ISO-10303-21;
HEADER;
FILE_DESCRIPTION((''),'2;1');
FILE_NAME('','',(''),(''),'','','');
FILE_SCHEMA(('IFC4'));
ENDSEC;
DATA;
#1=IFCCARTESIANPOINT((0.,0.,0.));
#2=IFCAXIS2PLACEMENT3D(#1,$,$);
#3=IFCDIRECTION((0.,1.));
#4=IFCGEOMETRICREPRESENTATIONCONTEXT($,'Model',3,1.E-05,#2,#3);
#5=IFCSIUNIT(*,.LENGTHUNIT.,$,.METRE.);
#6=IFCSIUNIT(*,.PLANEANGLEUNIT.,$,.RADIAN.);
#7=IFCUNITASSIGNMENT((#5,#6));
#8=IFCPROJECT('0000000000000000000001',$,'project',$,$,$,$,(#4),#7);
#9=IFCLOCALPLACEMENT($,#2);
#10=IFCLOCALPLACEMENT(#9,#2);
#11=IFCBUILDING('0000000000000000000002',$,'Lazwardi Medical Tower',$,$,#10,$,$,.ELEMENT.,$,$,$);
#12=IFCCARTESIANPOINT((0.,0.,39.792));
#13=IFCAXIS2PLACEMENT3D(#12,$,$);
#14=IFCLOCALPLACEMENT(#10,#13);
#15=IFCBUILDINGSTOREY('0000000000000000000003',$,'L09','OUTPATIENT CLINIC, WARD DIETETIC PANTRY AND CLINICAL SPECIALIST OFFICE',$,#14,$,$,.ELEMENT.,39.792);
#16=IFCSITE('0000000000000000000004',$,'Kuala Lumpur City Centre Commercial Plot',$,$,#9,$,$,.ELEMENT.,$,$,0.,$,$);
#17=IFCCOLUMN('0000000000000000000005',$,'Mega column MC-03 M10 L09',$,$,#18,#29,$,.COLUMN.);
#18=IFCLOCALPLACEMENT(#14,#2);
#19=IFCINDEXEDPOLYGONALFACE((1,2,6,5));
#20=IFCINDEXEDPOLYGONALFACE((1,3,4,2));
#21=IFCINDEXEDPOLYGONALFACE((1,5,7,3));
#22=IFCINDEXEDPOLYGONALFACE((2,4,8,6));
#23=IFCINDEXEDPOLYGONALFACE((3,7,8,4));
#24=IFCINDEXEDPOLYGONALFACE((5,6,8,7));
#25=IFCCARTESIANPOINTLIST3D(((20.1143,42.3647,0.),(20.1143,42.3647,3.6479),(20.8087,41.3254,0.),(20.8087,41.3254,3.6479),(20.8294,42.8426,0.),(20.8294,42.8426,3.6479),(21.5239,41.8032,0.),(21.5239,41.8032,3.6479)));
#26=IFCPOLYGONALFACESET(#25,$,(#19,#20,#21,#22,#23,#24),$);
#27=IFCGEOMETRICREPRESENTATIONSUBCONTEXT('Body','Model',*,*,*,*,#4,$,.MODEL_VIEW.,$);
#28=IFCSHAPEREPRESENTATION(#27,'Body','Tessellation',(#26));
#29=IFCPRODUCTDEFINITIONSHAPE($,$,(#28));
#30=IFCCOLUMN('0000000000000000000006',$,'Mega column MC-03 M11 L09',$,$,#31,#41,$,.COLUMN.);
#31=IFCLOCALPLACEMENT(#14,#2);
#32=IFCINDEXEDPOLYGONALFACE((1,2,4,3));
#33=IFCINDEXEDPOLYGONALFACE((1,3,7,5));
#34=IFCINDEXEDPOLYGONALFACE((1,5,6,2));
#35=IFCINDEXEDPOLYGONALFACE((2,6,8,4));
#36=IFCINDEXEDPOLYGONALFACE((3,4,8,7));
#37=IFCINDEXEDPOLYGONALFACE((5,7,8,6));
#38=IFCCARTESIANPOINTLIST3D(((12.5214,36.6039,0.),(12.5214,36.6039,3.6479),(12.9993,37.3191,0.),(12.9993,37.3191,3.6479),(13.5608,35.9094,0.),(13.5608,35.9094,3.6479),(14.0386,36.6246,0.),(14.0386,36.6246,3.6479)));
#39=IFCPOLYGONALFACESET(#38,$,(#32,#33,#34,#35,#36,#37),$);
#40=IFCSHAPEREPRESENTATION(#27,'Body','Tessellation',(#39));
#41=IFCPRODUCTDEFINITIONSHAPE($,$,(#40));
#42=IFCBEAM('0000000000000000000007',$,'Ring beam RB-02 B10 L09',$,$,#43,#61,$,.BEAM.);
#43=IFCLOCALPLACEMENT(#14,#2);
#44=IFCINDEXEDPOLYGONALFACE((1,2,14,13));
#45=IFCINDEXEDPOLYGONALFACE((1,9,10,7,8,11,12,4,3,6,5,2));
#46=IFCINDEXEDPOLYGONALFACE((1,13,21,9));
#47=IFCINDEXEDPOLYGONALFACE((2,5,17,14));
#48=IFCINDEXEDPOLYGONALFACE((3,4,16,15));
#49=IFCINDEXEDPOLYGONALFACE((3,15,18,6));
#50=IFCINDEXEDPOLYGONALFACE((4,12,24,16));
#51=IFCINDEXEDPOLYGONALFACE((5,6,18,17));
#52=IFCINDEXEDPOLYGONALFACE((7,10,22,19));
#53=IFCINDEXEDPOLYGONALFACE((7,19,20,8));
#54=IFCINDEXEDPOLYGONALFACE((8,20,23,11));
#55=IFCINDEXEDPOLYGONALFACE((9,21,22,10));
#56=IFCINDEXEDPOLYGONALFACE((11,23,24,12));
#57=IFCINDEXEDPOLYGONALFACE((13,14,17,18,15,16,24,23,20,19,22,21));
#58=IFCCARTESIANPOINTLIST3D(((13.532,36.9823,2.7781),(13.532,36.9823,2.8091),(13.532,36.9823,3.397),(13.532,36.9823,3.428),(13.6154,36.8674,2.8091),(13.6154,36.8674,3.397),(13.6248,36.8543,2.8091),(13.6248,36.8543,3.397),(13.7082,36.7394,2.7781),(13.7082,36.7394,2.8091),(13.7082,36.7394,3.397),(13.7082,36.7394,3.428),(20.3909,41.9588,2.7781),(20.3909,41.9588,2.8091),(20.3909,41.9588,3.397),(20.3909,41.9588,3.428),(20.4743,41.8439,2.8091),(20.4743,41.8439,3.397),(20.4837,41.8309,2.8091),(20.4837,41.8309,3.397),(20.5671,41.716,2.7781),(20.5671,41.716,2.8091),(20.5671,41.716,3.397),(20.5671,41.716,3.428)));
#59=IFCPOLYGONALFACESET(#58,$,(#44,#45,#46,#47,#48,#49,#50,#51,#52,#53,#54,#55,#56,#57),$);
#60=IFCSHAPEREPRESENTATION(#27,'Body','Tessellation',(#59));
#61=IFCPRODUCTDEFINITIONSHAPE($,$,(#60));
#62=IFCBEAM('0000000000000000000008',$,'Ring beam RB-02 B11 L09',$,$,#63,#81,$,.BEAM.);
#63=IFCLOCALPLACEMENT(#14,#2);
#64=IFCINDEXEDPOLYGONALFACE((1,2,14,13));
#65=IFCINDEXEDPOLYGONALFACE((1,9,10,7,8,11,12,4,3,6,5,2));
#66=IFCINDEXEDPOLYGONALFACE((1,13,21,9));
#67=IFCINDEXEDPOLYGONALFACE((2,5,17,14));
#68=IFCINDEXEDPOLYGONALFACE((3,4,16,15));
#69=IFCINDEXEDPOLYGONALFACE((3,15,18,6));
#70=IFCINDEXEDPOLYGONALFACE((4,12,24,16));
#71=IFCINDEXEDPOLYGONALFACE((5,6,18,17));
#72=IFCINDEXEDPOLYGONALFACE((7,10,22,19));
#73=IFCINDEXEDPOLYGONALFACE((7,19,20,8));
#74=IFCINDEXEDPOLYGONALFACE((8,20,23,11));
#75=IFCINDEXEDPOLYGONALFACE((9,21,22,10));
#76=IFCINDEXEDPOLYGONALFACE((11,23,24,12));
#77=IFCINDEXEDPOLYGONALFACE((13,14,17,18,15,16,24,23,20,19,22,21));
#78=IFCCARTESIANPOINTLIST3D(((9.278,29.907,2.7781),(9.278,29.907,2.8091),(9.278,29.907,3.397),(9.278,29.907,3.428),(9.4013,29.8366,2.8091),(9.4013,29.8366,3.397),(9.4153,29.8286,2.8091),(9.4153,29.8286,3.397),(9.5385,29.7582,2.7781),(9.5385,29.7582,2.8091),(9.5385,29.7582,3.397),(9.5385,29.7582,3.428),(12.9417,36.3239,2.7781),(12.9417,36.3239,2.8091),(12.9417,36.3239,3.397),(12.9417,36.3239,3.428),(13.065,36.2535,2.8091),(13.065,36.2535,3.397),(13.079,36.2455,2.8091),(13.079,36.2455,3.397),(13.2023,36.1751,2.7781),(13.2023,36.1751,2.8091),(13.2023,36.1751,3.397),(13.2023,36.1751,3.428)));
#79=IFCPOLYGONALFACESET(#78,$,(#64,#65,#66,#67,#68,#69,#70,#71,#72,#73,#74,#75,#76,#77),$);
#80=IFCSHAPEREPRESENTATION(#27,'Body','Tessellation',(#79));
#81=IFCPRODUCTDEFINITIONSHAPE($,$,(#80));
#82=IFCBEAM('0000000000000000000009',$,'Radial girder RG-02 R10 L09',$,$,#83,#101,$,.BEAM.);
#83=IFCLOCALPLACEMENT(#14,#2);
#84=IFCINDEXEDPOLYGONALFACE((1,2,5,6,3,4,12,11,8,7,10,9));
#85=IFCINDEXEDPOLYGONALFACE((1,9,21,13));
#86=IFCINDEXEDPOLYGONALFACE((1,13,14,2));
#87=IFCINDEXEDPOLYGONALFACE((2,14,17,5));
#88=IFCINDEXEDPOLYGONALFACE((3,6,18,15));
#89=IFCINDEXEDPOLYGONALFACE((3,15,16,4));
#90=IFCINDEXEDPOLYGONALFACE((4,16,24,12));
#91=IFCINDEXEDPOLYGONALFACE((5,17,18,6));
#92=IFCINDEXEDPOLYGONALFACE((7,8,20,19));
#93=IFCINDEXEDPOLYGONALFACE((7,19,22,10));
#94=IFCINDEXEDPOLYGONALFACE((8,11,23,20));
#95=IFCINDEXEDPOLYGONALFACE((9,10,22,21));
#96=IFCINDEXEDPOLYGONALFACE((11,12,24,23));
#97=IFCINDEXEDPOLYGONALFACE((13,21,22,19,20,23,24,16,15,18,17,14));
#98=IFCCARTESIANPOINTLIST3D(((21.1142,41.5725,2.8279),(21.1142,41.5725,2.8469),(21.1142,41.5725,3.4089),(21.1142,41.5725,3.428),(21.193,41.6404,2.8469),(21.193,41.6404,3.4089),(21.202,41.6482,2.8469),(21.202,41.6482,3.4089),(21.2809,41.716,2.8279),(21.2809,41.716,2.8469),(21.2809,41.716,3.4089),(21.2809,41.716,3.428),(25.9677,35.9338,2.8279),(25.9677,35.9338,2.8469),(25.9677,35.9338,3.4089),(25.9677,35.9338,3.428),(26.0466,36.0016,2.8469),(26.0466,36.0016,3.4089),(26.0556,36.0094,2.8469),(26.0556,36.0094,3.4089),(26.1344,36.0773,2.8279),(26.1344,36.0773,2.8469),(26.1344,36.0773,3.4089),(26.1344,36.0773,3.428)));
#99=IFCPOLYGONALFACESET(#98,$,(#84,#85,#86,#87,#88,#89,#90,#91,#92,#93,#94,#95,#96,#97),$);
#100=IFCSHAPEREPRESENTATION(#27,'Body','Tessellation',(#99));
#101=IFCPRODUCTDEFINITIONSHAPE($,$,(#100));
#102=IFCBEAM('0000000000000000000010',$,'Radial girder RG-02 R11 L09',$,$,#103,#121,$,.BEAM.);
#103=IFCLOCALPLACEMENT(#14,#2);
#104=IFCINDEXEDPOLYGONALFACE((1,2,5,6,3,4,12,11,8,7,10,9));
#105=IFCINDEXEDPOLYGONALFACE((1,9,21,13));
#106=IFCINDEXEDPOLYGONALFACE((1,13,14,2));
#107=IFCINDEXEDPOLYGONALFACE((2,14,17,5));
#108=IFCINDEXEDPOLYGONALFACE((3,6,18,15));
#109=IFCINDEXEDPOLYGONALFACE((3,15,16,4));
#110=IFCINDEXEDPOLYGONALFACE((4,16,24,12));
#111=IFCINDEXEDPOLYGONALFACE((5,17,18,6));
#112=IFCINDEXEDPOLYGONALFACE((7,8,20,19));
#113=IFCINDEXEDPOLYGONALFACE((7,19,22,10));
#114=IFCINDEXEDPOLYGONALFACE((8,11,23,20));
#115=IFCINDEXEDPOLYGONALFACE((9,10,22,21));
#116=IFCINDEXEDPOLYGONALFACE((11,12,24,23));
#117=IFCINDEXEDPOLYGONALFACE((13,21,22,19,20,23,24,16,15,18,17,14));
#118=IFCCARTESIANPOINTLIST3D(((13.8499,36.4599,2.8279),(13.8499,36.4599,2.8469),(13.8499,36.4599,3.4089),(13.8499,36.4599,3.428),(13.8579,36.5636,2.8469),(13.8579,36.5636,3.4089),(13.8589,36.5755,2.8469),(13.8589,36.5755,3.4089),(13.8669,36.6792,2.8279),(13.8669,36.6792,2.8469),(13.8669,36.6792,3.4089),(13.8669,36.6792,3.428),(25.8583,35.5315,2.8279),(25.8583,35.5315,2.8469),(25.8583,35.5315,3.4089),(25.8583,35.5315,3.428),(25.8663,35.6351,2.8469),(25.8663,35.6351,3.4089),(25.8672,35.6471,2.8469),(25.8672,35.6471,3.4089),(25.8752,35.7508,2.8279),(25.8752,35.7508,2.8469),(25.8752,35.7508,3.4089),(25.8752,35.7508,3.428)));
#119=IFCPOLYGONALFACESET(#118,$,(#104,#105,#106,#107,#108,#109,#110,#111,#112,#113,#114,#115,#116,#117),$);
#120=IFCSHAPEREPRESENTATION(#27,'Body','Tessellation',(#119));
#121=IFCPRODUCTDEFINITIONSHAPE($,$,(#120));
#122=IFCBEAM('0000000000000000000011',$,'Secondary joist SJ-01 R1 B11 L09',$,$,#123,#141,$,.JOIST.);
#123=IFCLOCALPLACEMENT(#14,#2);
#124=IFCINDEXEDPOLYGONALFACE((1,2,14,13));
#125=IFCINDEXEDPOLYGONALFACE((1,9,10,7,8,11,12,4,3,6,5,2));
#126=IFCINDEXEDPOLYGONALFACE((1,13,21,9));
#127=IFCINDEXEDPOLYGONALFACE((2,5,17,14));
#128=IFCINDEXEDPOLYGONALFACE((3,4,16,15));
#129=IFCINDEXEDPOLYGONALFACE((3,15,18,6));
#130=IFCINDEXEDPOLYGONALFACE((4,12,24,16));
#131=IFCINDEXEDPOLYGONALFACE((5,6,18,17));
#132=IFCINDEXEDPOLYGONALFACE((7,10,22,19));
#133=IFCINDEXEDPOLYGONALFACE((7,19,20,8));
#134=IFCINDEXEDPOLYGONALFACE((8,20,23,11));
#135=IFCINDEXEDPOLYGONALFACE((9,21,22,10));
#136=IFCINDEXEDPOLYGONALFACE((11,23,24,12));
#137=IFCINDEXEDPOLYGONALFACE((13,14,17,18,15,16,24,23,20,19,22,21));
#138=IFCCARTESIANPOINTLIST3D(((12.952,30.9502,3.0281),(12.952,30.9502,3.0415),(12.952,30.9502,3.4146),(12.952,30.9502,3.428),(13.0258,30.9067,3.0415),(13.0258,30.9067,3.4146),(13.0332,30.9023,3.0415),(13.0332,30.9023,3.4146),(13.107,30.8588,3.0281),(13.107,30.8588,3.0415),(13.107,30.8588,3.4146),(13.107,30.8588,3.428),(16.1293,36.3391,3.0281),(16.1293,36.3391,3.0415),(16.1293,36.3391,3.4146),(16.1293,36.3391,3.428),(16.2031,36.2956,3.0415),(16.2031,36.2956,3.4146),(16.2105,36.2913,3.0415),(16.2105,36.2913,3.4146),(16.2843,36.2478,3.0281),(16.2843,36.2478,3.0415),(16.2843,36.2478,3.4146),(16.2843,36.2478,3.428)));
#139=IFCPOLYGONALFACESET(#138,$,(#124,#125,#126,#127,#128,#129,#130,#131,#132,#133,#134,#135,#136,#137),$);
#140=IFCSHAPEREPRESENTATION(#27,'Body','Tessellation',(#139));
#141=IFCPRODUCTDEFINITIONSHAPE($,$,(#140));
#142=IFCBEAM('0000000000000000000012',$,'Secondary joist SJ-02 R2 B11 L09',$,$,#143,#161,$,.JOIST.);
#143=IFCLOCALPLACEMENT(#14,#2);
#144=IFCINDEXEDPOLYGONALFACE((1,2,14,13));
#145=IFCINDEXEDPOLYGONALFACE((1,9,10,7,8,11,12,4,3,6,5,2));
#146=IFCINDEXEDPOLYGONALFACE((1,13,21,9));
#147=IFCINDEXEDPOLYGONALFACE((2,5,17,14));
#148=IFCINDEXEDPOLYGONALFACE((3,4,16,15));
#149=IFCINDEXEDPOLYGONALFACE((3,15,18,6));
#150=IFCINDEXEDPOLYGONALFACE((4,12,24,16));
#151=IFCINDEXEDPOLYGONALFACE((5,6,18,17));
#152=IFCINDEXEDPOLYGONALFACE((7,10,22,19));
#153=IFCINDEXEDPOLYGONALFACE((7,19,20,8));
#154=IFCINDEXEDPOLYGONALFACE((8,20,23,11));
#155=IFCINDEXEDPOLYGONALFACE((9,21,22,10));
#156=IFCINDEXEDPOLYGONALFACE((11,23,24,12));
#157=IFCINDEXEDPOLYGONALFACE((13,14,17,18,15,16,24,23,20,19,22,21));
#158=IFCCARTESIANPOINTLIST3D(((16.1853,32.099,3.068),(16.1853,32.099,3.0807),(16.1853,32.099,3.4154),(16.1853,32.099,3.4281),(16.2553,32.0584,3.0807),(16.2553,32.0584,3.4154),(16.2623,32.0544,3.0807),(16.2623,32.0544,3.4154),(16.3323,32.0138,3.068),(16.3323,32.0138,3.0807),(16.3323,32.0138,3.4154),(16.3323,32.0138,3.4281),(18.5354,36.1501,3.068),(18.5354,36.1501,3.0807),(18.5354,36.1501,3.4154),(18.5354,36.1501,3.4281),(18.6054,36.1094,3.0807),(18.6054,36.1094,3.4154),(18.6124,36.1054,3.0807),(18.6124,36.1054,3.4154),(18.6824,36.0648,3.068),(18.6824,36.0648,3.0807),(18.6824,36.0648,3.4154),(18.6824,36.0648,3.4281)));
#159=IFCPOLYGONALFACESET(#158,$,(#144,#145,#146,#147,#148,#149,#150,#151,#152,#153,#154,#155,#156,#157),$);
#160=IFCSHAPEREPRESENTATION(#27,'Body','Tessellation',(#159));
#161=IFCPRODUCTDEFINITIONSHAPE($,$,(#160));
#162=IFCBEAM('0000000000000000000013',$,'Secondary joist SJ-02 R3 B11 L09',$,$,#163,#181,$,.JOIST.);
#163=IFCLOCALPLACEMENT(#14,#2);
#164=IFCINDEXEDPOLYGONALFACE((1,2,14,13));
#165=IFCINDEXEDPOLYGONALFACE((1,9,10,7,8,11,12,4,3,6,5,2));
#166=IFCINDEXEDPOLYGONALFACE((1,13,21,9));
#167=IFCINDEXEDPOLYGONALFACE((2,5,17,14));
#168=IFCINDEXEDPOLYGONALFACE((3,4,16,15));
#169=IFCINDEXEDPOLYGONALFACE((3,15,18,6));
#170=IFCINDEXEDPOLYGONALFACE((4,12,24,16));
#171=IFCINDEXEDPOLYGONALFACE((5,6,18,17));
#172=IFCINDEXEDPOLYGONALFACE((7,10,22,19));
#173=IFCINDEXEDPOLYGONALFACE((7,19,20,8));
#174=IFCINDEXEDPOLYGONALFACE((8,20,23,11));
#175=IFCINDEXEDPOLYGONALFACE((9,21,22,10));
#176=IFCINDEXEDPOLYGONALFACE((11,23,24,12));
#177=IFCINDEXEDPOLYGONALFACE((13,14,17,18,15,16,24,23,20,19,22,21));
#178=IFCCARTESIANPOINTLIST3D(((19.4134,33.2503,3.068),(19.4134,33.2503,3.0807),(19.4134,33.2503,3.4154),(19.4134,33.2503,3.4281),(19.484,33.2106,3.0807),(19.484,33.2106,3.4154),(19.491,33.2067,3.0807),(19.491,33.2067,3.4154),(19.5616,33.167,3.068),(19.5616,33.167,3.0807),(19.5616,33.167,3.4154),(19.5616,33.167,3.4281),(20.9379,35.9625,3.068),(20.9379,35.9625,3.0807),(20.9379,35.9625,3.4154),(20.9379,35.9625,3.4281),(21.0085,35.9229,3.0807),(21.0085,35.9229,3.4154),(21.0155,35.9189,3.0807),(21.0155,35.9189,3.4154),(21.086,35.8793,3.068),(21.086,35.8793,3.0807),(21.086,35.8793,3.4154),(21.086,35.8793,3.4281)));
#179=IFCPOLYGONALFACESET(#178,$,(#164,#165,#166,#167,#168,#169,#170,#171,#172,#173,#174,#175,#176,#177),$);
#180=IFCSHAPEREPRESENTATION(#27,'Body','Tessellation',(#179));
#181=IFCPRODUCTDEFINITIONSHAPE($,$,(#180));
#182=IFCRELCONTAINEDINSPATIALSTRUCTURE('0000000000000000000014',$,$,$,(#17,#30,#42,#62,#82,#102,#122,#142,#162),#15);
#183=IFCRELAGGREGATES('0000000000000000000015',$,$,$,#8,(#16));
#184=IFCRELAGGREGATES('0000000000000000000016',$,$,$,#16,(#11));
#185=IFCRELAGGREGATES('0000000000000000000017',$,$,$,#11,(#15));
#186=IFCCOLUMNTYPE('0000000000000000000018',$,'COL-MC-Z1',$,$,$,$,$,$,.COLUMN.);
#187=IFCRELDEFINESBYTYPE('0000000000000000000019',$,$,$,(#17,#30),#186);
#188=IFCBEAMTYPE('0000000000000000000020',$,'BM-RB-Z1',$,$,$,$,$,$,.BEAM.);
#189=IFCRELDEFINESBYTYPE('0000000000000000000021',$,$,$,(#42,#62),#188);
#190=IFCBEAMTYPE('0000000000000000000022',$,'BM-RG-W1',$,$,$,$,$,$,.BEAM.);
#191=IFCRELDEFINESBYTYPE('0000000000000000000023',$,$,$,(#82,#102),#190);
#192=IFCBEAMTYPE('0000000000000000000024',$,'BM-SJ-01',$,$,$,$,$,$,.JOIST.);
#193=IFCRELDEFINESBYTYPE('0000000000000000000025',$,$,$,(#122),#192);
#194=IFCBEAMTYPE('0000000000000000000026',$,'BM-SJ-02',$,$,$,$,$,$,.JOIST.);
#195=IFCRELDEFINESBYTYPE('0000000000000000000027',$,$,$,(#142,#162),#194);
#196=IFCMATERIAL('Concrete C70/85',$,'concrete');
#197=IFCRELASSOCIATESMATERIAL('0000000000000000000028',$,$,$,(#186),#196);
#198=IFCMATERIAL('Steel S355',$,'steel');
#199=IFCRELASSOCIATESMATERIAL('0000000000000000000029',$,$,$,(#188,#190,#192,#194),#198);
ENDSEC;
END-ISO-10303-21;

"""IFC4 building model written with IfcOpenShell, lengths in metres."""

from ifc_helpers import new_model, si_unit, direction, frame, origin, origin_2d, place, context, subcontext, project, spatial, rectangle, i_section, extrude, material, material_profile, profile_set, type_object, element, save


model = new_model("IFC4")

# Units and contexts
model_context = context("Model", 3, precision=1e-05, world=origin(), true_north=direction((0.0, 1.0)))
body_context = subcontext(model_context, "Body", "Model", "MODEL_VIEW")
ifc_project = project(units=[si_unit("LENGTHUNIT", "METRE"), si_unit("PLANEANGLEUNIT", "RADIAN")], contexts=[model_context])

# Site, building, storey
site_placement = place(None, origin())
site = spatial("IfcSite", under=ifc_project, at=site_placement, Name="Kuala Lumpur City Centre Commercial Plot", CompositionType="ELEMENT", RefElevation=0.0)
building_placement = place(site_placement, origin())
building = spatial("IfcBuilding", under=site, at=building_placement, Name="Lazwardi Medical Tower", CompositionType="ELEMENT")
storey_placement = place(building_placement, frame((0.0, 0.0, 39.792)))
storey = spatial("IfcBuildingStorey", under=building, at=storey_placement, Name="L09", Description="OUTPATIENT CLINIC, WARD DIETETIC PANTRY AND CLINICAL SPECIALIST OFFICE", CompositionType="ELEMENT", Elevation=39.792)

# Columns
ifc_material_1 = material(Name="Concrete C70/85", Category="concrete")
ifc_material_profile_1 = material_profile(ifc_material_1, rectangle(XDim=1.25, YDim=0.8601, at=origin_2d()), Name="CFT-RECT 1250x860")
ifc_profile_set_1 = profile_set([ifc_material_profile_1], Name="Concrete C70/85")
column_type = type_object("IfcColumnType", Name="COL-MC-Z1", PredefinedType="COLUMN", material=ifc_profile_set_1)
for number, where, z_axis, x_axis, name in (
    (1, (20.8191, 42.084, 0.0), (0.0, 0.0, 1.0), (-0.55557, 0.83147, 0.0), "Mega column MC-03 M10 L09"),
    (2, (13.28, 36.6143, 0.0), (0.0, 0.0, 1.0), (-0.83147, 0.55557, 0.0), "Mega column MC-03 M11 L09"),
):
    element("IfcColumn", number, at=place(storey_placement, frame(where, z_axis=z_axis, x_axis=x_axis)), inside=storey, type_object=column_type, Name=name, PredefinedType="COLUMN", context=body_context, shape_type="SweptSolid", body=[
        extrude(rectangle(XDim=1.25, YDim=0.8601, at=origin_2d()), origin(), (0.0, 0.0, 1.0), 3.6479),
    ])

# Beams
ifc_material_2 = material(Name="Steel S355", Category="steel")
ifc_material_profile_2 = material_profile(ifc_material_2, i_section(OverallWidth=0.3, OverallDepth=0.6499, WebThickness=0.0161, FlangeThickness=0.031, at=origin_2d()), Name="HEB 650")
ifc_profile_set_2 = profile_set([ifc_material_profile_2], Name="Steel S355")
beam_type_1 = type_object("IfcBeamType", Name="BM-RB-Z1", PredefinedType="BEAM", material=ifc_profile_set_2)
beam_1_placement = place(storey_placement, frame((20.479, 41.8374, 3.103), z_axis=(-0.809393, -0.587267, 0.0), x_axis=(0.587267, -0.809393, 0.0)))
element("IfcBeam", 3, at=beam_1_placement, inside=storey, type_object=beam_type_1, Name="Ring beam RB-02 B10 L09", PredefinedType="BEAM", context=body_context, shape_type="SweptSolid", body=[
    extrude(i_section(OverallWidth=0.3, OverallDepth=0.6499, WebThickness=0.0161, FlangeThickness=0.031, at=origin_2d()), origin(), (0.0, 0.0, 1.0), 8.4741),
])
beam_2_placement = place(storey_placement, frame((13.072, 36.2495, 3.103), z_axis=(-0.495829, -0.86842, 0.0), x_axis=(0.86842, -0.495829, 0.0)))
element("IfcBeam", 4, at=beam_2_placement, inside=storey, type_object=beam_type_1, Name="Ring beam RB-02 B11 L09", PredefinedType="BEAM", context=body_context, shape_type="SweptSolid", body=[
    extrude(i_section(OverallWidth=0.3, OverallDepth=0.6499, WebThickness=0.0161, FlangeThickness=0.031, at=origin_2d()), origin(), (0.0, 0.0, 1.0), 7.3892),
])
ifc_material_profile_3 = material_profile(ifc_material_2, i_section(OverallWidth=0.22, OverallDepth=0.6001, WebThickness=0.012, FlangeThickness=0.019, at=origin_2d()), Name="IPE 600")
ifc_profile_set_3 = profile_set([ifc_material_profile_3], Name="Steel S355")
beam_type_2 = type_object("IfcBeamType", Name="BM-RG-W1", PredefinedType="BEAM", material=ifc_profile_set_3)
beam_3_placement = place(storey_placement, frame((21.1975, 41.6443, 3.1279), z_axis=(0.652368, -0.757902, 0.0), x_axis=(0.757902, 0.652368, 0.0)))
element("IfcBeam", 5, at=beam_3_placement, inside=storey, type_object=beam_type_2, Name="Radial girder RG-02 R10 L09", PredefinedType="BEAM", context=body_context, shape_type="SweptSolid", body=[
    extrude(i_section(OverallWidth=0.22, OverallDepth=0.6001, WebThickness=0.012, FlangeThickness=0.019, at=origin_2d()), origin(), (0.0, 0.0, 1.0), 7.4399),
])
beam_4_placement = place(storey_placement, frame((13.8584, 36.5696, 3.1279), z_axis=(0.997024, -0.077089, 0.0), x_axis=(0.077089, 0.997024, 0.0)))
element("IfcBeam", 6, at=beam_4_placement, inside=storey, type_object=beam_type_2, Name="Radial girder RG-02 R11 L09", PredefinedType="BEAM", context=body_context, shape_type="SweptSolid", body=[
    extrude(i_section(OverallWidth=0.22, OverallDepth=0.6001, WebThickness=0.012, FlangeThickness=0.019, at=origin_2d()), origin(), (0.0, 0.0, 1.0), 12.0442),
])
ifc_material_profile_4 = material_profile(ifc_material_2, i_section(OverallWidth=0.1799, OverallDepth=0.3999, WebThickness=0.0085, FlangeThickness=0.0134, at=origin_2d()), Name="IPE 400")
ifc_profile_set_4 = profile_set([ifc_material_profile_4], Name="Steel S355")
beam_type_3 = type_object("IfcBeamType", Name="BM-SJ-01", PredefinedType="JOIST", material=ifc_profile_set_4)
beam_5_placement = place(storey_placement, frame((16.2068, 36.2935, 3.228), z_axis=(-0.507886, -0.861424, 0.0), x_axis=(0.861424, -0.507886, 0.0)))
element("IfcBeam", 7, at=beam_5_placement, inside=storey, type_object=beam_type_3, Name="Secondary joist SJ-01 R1 B11 L09", PredefinedType="JOIST", context=body_context, shape_type="SweptSolid", body=[
    extrude(i_section(OverallWidth=0.1799, OverallDepth=0.3999, WebThickness=0.0085, FlangeThickness=0.0134, at=origin_2d()), origin(), (0.0, 0.0, 1.0), 6.2559),
])
ifc_material_profile_5 = material_profile(ifc_material_2, i_section(OverallWidth=0.1699, OverallDepth=0.3601, WebThickness=0.0081, FlangeThickness=0.0127, at=origin_2d()), Name="IPE 360")
ifc_profile_set_5 = profile_set([ifc_material_profile_5], Name="Steel S355")
beam_type_4 = type_object("IfcBeamType", Name="BM-SJ-02", PredefinedType="JOIST", material=ifc_profile_set_5)
beam_6_placement = place(storey_placement, frame((18.6089, 36.1074, 3.248), z_axis=(-0.501798, -0.864985, 0.0), x_axis=(0.864985, -0.501798, 0.0)))
element("IfcBeam", 8, at=beam_6_placement, inside=storey, type_object=beam_type_4, Name="Secondary joist SJ-02 R2 B11 L09", PredefinedType="JOIST", context=body_context, shape_type="SweptSolid", body=[
    extrude(i_section(OverallWidth=0.1699, OverallDepth=0.3601, WebThickness=0.0081, FlangeThickness=0.0127, at=origin_2d()), origin(), (0.0, 0.0, 1.0), 4.6833),
])
beam_7_placement = place(storey_placement, frame((21.012, 35.9209, 3.248), z_axis=(-0.489974, -0.871737, 0.0), x_axis=(0.871737, -0.489974, 0.0)))
element("IfcBeam", 9, at=beam_7_placement, inside=storey, type_object=beam_type_4, Name="Secondary joist SJ-02 R3 B11 L09", PredefinedType="JOIST", context=body_context, shape_type="SweptSolid", body=[
    extrude(i_section(OverallWidth=0.1699, OverallDepth=0.3601, WebThickness=0.0081, FlangeThickness=0.0127, at=origin_2d()), origin(), (0.0, 0.0, 1.0), 3.1113),
])

save(model, "model.ifc")
